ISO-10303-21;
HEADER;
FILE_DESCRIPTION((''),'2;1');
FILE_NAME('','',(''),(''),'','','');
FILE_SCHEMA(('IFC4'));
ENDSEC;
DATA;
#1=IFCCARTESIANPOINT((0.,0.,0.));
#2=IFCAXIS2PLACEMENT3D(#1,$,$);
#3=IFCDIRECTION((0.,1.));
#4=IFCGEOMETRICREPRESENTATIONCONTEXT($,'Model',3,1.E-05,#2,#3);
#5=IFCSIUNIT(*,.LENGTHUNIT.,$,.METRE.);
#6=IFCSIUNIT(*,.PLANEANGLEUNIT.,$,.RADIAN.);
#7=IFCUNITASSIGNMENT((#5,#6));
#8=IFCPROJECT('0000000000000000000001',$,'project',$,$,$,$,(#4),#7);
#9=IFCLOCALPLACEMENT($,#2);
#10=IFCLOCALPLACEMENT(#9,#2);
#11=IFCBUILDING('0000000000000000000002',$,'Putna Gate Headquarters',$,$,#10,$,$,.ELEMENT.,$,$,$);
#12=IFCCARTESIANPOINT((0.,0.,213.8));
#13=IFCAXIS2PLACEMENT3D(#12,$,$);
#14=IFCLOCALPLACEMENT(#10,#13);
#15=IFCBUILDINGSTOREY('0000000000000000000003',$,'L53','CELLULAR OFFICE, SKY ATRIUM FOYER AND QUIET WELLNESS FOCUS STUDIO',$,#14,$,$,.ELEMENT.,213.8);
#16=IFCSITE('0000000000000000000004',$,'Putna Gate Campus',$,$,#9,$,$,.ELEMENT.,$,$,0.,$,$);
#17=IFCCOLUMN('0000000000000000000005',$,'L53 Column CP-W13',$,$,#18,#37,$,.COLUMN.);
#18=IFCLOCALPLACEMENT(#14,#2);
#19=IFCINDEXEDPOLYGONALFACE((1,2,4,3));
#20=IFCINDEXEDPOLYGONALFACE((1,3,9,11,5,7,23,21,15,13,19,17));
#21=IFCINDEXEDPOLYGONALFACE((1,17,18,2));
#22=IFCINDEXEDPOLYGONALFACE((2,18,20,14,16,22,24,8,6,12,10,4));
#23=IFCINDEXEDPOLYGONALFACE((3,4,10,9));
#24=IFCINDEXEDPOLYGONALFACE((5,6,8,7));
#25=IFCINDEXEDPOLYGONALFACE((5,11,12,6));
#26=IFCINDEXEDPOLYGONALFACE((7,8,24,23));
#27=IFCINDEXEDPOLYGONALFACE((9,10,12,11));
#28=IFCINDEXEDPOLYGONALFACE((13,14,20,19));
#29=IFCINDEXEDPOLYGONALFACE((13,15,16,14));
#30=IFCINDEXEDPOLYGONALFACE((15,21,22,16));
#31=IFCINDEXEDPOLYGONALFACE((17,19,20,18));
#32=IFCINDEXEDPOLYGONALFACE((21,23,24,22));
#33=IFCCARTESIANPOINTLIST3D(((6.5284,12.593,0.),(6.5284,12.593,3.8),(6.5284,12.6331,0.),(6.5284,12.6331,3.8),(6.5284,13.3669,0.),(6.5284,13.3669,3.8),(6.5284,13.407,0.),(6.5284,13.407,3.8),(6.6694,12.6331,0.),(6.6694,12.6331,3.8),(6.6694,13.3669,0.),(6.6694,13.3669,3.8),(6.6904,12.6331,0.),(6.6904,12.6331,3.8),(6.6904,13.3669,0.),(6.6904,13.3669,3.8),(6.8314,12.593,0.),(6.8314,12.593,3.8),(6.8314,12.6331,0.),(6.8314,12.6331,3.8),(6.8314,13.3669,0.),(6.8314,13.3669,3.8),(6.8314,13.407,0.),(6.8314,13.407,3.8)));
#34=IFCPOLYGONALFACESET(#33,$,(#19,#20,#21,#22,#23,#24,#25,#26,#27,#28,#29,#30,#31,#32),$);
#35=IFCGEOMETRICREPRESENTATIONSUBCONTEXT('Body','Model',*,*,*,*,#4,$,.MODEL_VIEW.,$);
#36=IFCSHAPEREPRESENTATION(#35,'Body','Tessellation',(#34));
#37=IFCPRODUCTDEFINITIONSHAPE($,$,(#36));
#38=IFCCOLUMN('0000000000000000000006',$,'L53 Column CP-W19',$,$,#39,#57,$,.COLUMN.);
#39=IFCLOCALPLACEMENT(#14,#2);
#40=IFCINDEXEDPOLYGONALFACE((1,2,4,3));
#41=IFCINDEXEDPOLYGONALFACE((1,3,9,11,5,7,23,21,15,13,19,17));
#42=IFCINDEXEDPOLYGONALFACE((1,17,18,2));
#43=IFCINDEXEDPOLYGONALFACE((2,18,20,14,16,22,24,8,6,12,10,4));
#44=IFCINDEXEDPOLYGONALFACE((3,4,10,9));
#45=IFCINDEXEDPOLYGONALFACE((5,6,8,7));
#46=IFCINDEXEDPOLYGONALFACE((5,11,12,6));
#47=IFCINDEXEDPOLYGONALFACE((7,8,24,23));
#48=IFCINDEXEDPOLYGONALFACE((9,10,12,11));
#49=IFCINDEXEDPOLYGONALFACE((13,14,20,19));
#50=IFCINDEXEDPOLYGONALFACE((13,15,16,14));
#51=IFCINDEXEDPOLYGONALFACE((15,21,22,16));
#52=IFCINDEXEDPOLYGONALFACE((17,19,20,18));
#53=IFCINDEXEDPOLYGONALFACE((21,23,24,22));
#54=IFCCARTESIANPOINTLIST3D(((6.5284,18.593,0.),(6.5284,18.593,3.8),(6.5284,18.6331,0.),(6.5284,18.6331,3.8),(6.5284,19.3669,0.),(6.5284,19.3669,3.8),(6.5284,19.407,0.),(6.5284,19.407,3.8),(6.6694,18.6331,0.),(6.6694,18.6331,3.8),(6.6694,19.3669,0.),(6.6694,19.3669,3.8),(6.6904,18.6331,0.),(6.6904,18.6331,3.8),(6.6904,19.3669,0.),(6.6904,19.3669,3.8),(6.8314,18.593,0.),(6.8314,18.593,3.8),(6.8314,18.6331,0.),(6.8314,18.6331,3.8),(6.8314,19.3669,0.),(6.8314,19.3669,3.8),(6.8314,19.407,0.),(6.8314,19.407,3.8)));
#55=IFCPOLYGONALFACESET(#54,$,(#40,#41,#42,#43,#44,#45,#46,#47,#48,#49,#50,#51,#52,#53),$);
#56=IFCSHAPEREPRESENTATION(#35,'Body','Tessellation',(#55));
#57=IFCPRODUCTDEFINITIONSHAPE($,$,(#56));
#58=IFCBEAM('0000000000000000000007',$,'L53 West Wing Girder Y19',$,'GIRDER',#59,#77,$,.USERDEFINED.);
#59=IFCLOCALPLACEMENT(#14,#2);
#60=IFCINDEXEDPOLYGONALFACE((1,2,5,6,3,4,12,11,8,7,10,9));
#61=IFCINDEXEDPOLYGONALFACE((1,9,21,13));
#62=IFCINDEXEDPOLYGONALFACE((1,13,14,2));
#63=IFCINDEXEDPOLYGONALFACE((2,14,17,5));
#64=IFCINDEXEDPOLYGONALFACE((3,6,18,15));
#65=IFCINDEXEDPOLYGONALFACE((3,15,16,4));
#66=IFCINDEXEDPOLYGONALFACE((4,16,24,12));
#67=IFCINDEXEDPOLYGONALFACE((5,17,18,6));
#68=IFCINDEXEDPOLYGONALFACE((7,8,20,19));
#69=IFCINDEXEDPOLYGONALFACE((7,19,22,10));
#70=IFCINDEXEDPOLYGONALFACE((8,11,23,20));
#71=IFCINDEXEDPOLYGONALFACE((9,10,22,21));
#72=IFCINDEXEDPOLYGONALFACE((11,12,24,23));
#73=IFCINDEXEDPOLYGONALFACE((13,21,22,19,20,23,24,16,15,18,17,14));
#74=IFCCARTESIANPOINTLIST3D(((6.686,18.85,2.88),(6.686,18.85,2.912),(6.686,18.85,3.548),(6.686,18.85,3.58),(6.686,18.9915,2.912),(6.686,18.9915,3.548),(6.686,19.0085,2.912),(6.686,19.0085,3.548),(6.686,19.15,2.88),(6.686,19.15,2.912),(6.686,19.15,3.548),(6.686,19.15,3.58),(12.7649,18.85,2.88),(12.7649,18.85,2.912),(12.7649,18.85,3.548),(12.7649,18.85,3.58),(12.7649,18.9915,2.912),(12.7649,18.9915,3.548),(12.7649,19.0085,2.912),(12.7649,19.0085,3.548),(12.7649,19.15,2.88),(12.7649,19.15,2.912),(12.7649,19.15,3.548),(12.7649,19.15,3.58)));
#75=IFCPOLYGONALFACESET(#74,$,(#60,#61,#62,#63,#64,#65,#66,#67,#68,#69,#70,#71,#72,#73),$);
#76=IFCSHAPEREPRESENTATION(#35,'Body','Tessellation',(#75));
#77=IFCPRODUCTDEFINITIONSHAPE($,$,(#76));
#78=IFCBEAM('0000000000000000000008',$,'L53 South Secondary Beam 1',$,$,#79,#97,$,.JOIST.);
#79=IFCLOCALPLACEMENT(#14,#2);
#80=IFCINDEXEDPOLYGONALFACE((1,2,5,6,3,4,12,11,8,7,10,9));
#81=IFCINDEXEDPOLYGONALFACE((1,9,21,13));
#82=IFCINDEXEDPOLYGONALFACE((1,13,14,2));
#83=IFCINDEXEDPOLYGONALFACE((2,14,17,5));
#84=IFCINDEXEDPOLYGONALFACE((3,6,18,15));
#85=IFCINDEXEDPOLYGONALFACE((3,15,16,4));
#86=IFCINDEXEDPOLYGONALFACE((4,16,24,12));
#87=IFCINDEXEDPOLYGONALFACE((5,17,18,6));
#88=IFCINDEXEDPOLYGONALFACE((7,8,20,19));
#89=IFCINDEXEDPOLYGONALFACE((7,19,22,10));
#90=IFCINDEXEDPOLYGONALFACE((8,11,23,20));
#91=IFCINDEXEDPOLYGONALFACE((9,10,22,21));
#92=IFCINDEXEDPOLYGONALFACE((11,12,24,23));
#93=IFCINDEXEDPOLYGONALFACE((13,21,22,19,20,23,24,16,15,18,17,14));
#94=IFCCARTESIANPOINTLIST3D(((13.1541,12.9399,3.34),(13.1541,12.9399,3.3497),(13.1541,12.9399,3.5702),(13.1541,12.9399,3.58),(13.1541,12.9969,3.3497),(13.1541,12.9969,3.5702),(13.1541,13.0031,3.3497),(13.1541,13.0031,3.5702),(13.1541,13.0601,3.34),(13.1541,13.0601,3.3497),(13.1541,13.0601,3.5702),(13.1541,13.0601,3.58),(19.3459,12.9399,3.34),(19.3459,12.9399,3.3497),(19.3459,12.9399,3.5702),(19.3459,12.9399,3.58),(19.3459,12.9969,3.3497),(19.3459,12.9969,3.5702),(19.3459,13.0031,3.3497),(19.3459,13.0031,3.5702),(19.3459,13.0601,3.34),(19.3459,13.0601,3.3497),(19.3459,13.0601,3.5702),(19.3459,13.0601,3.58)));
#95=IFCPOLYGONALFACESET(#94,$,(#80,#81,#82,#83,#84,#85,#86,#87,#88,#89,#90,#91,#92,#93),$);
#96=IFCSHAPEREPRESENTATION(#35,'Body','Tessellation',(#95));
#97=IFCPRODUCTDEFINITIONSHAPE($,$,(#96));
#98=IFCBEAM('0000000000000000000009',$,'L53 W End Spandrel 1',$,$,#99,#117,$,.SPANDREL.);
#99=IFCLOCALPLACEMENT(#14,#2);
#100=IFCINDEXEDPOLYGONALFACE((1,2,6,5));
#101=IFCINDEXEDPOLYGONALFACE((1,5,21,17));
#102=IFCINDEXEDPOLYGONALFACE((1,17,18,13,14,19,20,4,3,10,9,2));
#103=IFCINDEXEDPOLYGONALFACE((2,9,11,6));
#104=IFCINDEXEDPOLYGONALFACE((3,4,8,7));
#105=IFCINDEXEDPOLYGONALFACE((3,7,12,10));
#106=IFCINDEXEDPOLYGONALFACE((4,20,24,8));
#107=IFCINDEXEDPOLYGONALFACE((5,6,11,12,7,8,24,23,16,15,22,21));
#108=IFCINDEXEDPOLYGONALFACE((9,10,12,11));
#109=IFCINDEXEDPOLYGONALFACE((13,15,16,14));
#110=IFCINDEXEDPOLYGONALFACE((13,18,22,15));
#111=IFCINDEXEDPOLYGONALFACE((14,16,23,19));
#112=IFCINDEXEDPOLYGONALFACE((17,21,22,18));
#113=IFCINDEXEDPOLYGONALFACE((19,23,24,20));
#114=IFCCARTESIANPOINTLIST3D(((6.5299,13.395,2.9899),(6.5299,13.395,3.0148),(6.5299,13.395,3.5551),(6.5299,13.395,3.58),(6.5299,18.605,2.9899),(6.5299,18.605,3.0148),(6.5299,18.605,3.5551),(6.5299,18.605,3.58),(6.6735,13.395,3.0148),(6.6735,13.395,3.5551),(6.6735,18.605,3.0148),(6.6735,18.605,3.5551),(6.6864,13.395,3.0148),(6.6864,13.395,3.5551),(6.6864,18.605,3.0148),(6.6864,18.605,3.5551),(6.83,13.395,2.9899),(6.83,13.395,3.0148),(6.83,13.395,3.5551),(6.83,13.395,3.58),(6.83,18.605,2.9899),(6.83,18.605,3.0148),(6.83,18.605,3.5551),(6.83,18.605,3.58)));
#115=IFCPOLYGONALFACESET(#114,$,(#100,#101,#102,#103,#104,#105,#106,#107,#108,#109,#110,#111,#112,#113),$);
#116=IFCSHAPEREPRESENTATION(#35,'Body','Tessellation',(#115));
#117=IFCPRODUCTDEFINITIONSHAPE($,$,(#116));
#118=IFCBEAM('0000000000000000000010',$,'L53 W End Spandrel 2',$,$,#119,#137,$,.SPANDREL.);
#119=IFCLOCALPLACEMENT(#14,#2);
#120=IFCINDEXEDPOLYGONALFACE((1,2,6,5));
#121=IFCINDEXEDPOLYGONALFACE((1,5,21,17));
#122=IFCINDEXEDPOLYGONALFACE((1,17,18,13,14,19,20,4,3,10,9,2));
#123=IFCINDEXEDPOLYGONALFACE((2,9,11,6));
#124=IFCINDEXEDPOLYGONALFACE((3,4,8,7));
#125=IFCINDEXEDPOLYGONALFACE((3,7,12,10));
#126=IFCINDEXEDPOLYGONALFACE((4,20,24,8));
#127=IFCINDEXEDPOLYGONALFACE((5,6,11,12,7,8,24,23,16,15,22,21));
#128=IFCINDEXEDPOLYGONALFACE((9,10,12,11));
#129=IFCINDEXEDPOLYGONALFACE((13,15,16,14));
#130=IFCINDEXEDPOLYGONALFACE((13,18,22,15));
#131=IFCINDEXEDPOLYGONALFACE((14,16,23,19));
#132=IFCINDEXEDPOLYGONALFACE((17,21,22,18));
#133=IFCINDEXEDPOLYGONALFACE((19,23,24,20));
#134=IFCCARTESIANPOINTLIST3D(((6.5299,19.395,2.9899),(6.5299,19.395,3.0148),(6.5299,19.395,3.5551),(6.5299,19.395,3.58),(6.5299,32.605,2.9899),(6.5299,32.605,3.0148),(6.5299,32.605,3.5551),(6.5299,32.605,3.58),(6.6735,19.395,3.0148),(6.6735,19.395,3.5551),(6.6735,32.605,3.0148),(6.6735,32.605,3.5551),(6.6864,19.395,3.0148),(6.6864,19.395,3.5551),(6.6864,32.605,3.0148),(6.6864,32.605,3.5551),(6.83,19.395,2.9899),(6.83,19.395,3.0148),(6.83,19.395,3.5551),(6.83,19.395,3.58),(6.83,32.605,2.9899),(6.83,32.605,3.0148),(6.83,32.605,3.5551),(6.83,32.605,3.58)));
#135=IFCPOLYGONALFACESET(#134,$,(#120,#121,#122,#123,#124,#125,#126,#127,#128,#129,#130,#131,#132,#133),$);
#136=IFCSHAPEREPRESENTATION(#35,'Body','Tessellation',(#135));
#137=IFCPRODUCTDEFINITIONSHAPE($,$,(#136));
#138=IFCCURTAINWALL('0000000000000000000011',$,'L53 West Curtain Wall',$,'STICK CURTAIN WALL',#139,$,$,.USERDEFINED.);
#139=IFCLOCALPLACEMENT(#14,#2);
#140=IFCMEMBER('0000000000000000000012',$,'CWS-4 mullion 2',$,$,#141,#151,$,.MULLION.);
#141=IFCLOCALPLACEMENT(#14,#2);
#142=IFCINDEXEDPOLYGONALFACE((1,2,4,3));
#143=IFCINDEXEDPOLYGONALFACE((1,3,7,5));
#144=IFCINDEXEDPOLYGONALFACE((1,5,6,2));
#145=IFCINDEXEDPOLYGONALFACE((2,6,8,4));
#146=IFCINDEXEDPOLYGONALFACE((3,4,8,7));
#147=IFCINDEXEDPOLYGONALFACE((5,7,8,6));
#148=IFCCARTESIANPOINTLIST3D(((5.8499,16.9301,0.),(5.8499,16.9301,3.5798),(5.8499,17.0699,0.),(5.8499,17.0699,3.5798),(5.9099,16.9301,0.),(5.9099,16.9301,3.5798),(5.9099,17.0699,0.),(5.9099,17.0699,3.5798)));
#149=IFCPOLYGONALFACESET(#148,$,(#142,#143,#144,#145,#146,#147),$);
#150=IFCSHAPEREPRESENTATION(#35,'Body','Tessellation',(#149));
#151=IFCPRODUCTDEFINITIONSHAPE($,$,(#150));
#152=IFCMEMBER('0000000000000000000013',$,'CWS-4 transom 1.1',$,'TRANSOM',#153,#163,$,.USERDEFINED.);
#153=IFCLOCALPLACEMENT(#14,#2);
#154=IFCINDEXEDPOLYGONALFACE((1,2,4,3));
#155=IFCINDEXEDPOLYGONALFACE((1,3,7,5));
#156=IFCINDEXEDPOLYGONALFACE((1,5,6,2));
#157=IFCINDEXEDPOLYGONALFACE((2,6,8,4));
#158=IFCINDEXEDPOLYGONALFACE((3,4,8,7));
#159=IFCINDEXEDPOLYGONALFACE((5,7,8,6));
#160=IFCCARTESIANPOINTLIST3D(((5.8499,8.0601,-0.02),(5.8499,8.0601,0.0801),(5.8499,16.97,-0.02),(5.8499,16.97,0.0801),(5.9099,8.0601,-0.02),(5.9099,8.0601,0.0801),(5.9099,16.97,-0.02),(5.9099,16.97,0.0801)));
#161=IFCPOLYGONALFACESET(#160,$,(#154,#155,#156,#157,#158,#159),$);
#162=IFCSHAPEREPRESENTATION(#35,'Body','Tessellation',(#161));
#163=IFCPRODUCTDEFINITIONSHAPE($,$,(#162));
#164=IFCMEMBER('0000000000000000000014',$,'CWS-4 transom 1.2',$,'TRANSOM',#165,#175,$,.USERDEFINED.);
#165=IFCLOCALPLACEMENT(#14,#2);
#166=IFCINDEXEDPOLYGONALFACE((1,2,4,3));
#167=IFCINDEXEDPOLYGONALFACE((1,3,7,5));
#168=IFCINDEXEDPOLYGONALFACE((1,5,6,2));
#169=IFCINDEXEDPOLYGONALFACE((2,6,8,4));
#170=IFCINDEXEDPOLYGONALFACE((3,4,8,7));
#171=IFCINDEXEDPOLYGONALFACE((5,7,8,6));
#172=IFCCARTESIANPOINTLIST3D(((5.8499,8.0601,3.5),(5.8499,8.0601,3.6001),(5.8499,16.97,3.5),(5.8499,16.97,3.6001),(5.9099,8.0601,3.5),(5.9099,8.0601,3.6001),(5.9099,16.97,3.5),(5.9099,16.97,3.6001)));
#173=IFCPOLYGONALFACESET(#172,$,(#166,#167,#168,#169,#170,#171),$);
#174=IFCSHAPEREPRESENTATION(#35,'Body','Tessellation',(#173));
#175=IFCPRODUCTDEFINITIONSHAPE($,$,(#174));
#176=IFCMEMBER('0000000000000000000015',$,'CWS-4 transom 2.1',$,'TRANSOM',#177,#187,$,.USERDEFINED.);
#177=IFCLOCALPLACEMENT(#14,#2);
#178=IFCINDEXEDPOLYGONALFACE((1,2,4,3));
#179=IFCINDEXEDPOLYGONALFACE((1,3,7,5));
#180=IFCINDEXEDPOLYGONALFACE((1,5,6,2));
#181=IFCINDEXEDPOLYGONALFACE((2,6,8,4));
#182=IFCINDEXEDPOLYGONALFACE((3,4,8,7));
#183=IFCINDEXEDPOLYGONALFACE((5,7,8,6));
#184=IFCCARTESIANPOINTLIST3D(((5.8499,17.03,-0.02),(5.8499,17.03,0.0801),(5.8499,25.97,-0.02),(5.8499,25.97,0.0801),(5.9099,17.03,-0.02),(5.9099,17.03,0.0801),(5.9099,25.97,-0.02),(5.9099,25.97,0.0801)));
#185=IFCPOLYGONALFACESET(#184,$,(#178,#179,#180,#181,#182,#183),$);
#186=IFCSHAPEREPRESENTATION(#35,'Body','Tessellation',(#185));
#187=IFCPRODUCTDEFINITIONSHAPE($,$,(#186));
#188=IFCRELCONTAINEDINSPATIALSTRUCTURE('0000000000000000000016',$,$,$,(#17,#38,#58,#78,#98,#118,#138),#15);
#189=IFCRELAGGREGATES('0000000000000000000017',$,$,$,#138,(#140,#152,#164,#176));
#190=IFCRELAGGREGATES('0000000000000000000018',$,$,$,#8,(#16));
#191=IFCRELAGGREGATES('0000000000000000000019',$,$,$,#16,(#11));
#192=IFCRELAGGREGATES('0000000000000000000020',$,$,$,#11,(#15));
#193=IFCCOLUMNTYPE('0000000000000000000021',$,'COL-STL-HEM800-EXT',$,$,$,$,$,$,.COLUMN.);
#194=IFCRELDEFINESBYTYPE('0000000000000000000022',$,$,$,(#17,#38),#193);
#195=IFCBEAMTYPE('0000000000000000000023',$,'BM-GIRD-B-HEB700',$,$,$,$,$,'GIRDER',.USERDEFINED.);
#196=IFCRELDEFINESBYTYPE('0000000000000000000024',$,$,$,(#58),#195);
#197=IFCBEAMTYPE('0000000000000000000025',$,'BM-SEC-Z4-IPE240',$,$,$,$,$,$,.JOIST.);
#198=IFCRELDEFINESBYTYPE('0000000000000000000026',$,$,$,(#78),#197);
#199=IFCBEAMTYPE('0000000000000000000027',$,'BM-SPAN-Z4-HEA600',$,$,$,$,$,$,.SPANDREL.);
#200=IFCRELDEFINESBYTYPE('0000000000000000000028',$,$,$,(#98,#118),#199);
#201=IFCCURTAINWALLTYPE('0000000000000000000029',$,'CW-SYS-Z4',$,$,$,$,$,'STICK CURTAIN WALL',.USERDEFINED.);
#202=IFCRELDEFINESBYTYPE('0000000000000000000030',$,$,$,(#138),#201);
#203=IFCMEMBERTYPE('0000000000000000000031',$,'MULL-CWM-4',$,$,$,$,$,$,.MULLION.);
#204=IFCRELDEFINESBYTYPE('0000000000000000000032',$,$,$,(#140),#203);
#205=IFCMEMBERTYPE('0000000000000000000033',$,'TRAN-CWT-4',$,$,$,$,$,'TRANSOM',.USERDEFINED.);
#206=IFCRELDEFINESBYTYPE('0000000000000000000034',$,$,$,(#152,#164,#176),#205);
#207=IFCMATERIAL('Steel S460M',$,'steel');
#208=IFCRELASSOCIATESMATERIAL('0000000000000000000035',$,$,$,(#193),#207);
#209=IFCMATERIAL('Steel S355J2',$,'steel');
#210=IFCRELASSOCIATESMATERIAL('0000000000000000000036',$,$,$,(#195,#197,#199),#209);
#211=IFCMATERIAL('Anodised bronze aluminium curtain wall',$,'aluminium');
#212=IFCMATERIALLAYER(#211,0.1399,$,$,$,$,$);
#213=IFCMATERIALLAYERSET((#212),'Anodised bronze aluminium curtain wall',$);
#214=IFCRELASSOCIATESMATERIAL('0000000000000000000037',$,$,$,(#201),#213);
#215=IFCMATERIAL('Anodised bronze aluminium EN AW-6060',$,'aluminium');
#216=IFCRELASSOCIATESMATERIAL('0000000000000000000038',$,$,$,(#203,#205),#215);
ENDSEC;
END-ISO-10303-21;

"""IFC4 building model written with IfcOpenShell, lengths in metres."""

from ifc_helpers import new_model, si_unit, direction, frame, origin, origin_2d, place, context, subcontext, project, spatial, rectangle, i_section, extrude, material, layer, layer_set, material_profile, profile_set, type_object, element, aggregate, save


model = new_model("IFC4")

# Units and contexts
model_context = context("Model", 3, precision=1e-05, world=origin(), true_north=direction((0.0, 1.0)))
body_context = subcontext(model_context, "Body", "Model", "MODEL_VIEW")
ifc_project = project(units=[si_unit("LENGTHUNIT", "METRE"), si_unit("PLANEANGLEUNIT", "RADIAN")], contexts=[model_context])

# Site, building, storey
site_placement = place(None, origin())
site = spatial("IfcSite", under=ifc_project, at=site_placement, Name="Putna Gate Campus", CompositionType="ELEMENT", RefElevation=0.0)
building_placement = place(site_placement, origin())
building = spatial("IfcBuilding", under=site, at=building_placement, Name="Putna Gate Headquarters", CompositionType="ELEMENT")
storey_placement = place(building_placement, frame((0.0, 0.0, 213.8)))
storey = spatial("IfcBuildingStorey", under=building, at=storey_placement, Name="L53", Description="CELLULAR OFFICE, SKY ATRIUM FOYER AND QUIET WELLNESS FOCUS STUDIO", CompositionType="ELEMENT", Elevation=213.8)

# Columns
ifc_material_1 = material(Name="Steel S460M", Category="steel")
ifc_material_profile_1 = material_profile(ifc_material_1, i_section(OverallWidth=0.303, OverallDepth=0.814, WebThickness=0.021, FlangeThickness=0.04, at=origin_2d()), Name="Steel S460M")
ifc_profile_set_1 = profile_set([ifc_material_profile_1], Name="Steel S460M")
column_type = type_object("IfcColumnType", Name="COL-STL-HEM800-EXT", PredefinedType="COLUMN", material=ifc_profile_set_1)
for number, where, z_axis, x_axis, name in (
    (1, (6.6799, 13.0, 0.0), (0.0, 0.0, 1.0), (1.0, 0.0, 0.0), "L53 Column CP-W13"),
    (2, (6.6799, 19.0, 0.0), (0.0, 0.0, 1.0), (1.0, 0.0, 0.0), "L53 Column CP-W19"),
):
    element("IfcColumn", number, at=place(storey_placement, frame(where, z_axis=z_axis, x_axis=x_axis)), inside=storey, type_object=column_type, Name=name, PredefinedType="COLUMN", context=body_context, shape_type="SweptSolid", body=[
        extrude(i_section(OverallWidth=0.303, OverallDepth=0.814, WebThickness=0.021, FlangeThickness=0.04, at=origin_2d()), origin(), (0.0, 0.0, 1.0), 3.8),
    ])

# Beams
ifc_material_2 = material(Name="Steel S355J2", Category="steel")
ifc_material_profile_2 = material_profile(ifc_material_2, i_section(OverallWidth=0.3, OverallDepth=0.7, WebThickness=0.0171, FlangeThickness=0.032, at=origin_2d()), Name="Steel S355J2")
ifc_profile_set_2 = profile_set([ifc_material_profile_2], Name="Steel S355J2")
beam_type_1 = type_object("IfcBeamType", Name="BM-GIRD-B-HEB700", ElementType="GIRDER", PredefinedType="USERDEFINED", material=ifc_profile_set_2)
beam_1_placement = place(storey_placement, frame((6.686, 19.0, 3.23), z_axis=(1.0, 0.0, 0.0), x_axis=(0.0, 1.0, 0.0)))
element("IfcBeam", 3, at=beam_1_placement, inside=storey, type_object=beam_type_1, Name="L53 West Wing Girder Y19", ObjectType="GIRDER", PredefinedType="USERDEFINED", context=body_context, shape_type="SweptSolid", body=[
    extrude(i_section(OverallWidth=0.3, OverallDepth=0.7, WebThickness=0.0171, FlangeThickness=0.032, at=origin_2d()), origin(), (0.0, 0.0, 1.0), 6.0789),
])
ifc_material_profile_3 = material_profile(ifc_material_2, i_section(OverallWidth=0.1201, OverallDepth=0.24, WebThickness=0.0061, FlangeThickness=0.0098, at=origin_2d()), Name="Steel S355J2")
ifc_profile_set_3 = profile_set([ifc_material_profile_3], Name="Steel S355J2")
beam_type_2 = type_object("IfcBeamType", Name="BM-SEC-Z4-IPE240", PredefinedType="JOIST", material=ifc_profile_set_3)
beam_2_placement = place(storey_placement, frame((13.1541, 13.0, 3.46), z_axis=(1.0, 0.0, 0.0), x_axis=(0.0, 1.0, 0.0)))
element("IfcBeam", 4, at=beam_2_placement, inside=storey, type_object=beam_type_2, Name="L53 South Secondary Beam 1", PredefinedType="JOIST", context=body_context, shape_type="SweptSolid", body=[
    extrude(i_section(OverallWidth=0.1201, OverallDepth=0.24, WebThickness=0.0061, FlangeThickness=0.0098, at=origin_2d()), origin(), (0.0, 0.0, 1.0), 6.1919),
])
ifc_material_profile_4 = material_profile(ifc_material_2, i_section(OverallWidth=0.3, OverallDepth=0.5901, WebThickness=0.0129, FlangeThickness=0.0249, at=origin_2d()), Name="Steel S355J2")
ifc_profile_set_4 = profile_set([ifc_material_profile_4], Name="Steel S355J2")
beam_type_3 = type_object("IfcBeamType", Name="BM-SPAN-Z4-HEA600", PredefinedType="SPANDREL", material=ifc_profile_set_4)
beam_3_placement = place(storey_placement, frame((6.6799, 13.395, 3.2849), z_axis=(0.0, 1.0, 0.0), x_axis=(-1.0, 0.0, 0.0)))
element("IfcBeam", 5, at=beam_3_placement, inside=storey, type_object=beam_type_3, Name="L53 W End Spandrel 1", PredefinedType="SPANDREL", context=body_context, shape_type="SweptSolid", body=[
    extrude(i_section(OverallWidth=0.3, OverallDepth=0.5901, WebThickness=0.0129, FlangeThickness=0.0249, at=origin_2d()), origin(), (0.0, 0.0, 1.0), 5.21),
])
beam_4_placement = place(storey_placement, frame((6.6799, 19.395, 3.2849), z_axis=(0.0, 1.0, 0.0), x_axis=(-1.0, 0.0, 0.0)))
element("IfcBeam", 6, at=beam_4_placement, inside=storey, type_object=beam_type_3, Name="L53 W End Spandrel 2", PredefinedType="SPANDREL", context=body_context, shape_type="SweptSolid", body=[
    extrude(i_section(OverallWidth=0.3, OverallDepth=0.5901, WebThickness=0.0129, FlangeThickness=0.0249, at=origin_2d()), origin(), (0.0, 0.0, 1.0), 13.21),
])

# Curtain wall, members
ifc_material_3 = material(Name="Anodised bronze aluminium curtain wall", Category="aluminium")
ifc_layer_1 = layer(ifc_material_3, 0.1399)
ifc_layer_set_1 = layer_set([ifc_layer_1], Name="Anodised bronze aluminium curtain wall")
curtain_wall_type = type_object("IfcCurtainWallType", Name="CW-SYS-Z4", ElementType="STICK CURTAIN WALL", PredefinedType="USERDEFINED", material=ifc_layer_set_1)
curtain_wall_placement = place(storey_placement, origin())
curtain_wall = element("IfcCurtainWall", 7, at=curtain_wall_placement, inside=storey, type_object=curtain_wall_type, Name="L53 West Curtain Wall", ObjectType="STICK CURTAIN WALL", PredefinedType="USERDEFINED")
ifc_material_4 = material(Name="Anodised bronze aluminium EN AW-6060", Category="aluminium")
ifc_material_profile_5 = material_profile(ifc_material_4, rectangle(XDim=0.0601, YDim=0.1399, at=origin_2d()), Name="Anodised bronze aluminium EN AW-6060")
ifc_profile_set_5 = profile_set([ifc_material_profile_5], Name="Anodised bronze aluminium EN AW-6060")
member_type_1 = type_object("IfcMemberType", Name="MULL-CWM-4", PredefinedType="MULLION", material=ifc_profile_set_5)
member_1_placement = place(storey_placement, frame((5.8799, 17.0, 0.0), z_axis=(0.0, 0.0, 1.0), x_axis=(-1.0, 0.0, 0.0)))
member_1 = element("IfcMember", 8, at=member_1_placement, type_object=member_type_1, Name="CWS-4 mullion 2", PredefinedType="MULLION", context=body_context, shape_type="SweptSolid", body=[
    extrude(rectangle(XDim=0.0601, YDim=0.1399, at=origin_2d()), origin(), (0.0, 0.0, 1.0), 3.5798),
])
ifc_material_profile_6 = material_profile(ifc_material_4, rectangle(XDim=0.0601, YDim=0.1001, at=origin_2d()), Name="Anodised bronze aluminium EN AW-6060")
ifc_profile_set_6 = profile_set([ifc_material_profile_6], Name="Anodised bronze aluminium EN AW-6060")
member_type_2 = type_object("IfcMemberType", Name="TRAN-CWT-4", ElementType="TRANSOM", PredefinedType="USERDEFINED", material=ifc_profile_set_6)
member_2_placement = place(storey_placement, frame((5.8799, 8.0601, 0.03), z_axis=(0.0, 1.0, 0.0), x_axis=(-1.0, 0.0, 0.0)))
member_2 = element("IfcMember", 9, at=member_2_placement, type_object=member_type_2, Name="CWS-4 transom 1.1", ObjectType="TRANSOM", PredefinedType="USERDEFINED", context=body_context, shape_type="SweptSolid", body=[
    extrude(rectangle(XDim=0.0601, YDim=0.1001, at=origin_2d()), origin(), (0.0, 0.0, 1.0), 8.9099),
])
member_3_placement = place(storey_placement, frame((5.8799, 8.0601, 3.55), z_axis=(0.0, 1.0, 0.0), x_axis=(-1.0, 0.0, 0.0)))
member_3 = element("IfcMember", 10, at=member_3_placement, type_object=member_type_2, Name="CWS-4 transom 1.2", ObjectType="TRANSOM", PredefinedType="USERDEFINED", context=body_context, shape_type="SweptSolid", body=[
    extrude(rectangle(XDim=0.0601, YDim=0.1001, at=origin_2d()), origin(), (0.0, 0.0, 1.0), 8.9099),
])
member_4_placement = place(storey_placement, frame((5.8799, 17.03, 0.03), z_axis=(0.0, 1.0, 0.0), x_axis=(-1.0, 0.0, 0.0)))
member_4 = element("IfcMember", 11, at=member_4_placement, type_object=member_type_2, Name="CWS-4 transom 2.1", ObjectType="TRANSOM", PredefinedType="USERDEFINED", context=body_context, shape_type="SweptSolid", body=[
    extrude(rectangle(XDim=0.0601, YDim=0.1001, at=origin_2d()), origin(), (0.0, 0.0, 1.0), 8.9399),
])
aggregate(curtain_wall, [member_1, member_2, member_3, member_4])

save(model, "model.ifc")
